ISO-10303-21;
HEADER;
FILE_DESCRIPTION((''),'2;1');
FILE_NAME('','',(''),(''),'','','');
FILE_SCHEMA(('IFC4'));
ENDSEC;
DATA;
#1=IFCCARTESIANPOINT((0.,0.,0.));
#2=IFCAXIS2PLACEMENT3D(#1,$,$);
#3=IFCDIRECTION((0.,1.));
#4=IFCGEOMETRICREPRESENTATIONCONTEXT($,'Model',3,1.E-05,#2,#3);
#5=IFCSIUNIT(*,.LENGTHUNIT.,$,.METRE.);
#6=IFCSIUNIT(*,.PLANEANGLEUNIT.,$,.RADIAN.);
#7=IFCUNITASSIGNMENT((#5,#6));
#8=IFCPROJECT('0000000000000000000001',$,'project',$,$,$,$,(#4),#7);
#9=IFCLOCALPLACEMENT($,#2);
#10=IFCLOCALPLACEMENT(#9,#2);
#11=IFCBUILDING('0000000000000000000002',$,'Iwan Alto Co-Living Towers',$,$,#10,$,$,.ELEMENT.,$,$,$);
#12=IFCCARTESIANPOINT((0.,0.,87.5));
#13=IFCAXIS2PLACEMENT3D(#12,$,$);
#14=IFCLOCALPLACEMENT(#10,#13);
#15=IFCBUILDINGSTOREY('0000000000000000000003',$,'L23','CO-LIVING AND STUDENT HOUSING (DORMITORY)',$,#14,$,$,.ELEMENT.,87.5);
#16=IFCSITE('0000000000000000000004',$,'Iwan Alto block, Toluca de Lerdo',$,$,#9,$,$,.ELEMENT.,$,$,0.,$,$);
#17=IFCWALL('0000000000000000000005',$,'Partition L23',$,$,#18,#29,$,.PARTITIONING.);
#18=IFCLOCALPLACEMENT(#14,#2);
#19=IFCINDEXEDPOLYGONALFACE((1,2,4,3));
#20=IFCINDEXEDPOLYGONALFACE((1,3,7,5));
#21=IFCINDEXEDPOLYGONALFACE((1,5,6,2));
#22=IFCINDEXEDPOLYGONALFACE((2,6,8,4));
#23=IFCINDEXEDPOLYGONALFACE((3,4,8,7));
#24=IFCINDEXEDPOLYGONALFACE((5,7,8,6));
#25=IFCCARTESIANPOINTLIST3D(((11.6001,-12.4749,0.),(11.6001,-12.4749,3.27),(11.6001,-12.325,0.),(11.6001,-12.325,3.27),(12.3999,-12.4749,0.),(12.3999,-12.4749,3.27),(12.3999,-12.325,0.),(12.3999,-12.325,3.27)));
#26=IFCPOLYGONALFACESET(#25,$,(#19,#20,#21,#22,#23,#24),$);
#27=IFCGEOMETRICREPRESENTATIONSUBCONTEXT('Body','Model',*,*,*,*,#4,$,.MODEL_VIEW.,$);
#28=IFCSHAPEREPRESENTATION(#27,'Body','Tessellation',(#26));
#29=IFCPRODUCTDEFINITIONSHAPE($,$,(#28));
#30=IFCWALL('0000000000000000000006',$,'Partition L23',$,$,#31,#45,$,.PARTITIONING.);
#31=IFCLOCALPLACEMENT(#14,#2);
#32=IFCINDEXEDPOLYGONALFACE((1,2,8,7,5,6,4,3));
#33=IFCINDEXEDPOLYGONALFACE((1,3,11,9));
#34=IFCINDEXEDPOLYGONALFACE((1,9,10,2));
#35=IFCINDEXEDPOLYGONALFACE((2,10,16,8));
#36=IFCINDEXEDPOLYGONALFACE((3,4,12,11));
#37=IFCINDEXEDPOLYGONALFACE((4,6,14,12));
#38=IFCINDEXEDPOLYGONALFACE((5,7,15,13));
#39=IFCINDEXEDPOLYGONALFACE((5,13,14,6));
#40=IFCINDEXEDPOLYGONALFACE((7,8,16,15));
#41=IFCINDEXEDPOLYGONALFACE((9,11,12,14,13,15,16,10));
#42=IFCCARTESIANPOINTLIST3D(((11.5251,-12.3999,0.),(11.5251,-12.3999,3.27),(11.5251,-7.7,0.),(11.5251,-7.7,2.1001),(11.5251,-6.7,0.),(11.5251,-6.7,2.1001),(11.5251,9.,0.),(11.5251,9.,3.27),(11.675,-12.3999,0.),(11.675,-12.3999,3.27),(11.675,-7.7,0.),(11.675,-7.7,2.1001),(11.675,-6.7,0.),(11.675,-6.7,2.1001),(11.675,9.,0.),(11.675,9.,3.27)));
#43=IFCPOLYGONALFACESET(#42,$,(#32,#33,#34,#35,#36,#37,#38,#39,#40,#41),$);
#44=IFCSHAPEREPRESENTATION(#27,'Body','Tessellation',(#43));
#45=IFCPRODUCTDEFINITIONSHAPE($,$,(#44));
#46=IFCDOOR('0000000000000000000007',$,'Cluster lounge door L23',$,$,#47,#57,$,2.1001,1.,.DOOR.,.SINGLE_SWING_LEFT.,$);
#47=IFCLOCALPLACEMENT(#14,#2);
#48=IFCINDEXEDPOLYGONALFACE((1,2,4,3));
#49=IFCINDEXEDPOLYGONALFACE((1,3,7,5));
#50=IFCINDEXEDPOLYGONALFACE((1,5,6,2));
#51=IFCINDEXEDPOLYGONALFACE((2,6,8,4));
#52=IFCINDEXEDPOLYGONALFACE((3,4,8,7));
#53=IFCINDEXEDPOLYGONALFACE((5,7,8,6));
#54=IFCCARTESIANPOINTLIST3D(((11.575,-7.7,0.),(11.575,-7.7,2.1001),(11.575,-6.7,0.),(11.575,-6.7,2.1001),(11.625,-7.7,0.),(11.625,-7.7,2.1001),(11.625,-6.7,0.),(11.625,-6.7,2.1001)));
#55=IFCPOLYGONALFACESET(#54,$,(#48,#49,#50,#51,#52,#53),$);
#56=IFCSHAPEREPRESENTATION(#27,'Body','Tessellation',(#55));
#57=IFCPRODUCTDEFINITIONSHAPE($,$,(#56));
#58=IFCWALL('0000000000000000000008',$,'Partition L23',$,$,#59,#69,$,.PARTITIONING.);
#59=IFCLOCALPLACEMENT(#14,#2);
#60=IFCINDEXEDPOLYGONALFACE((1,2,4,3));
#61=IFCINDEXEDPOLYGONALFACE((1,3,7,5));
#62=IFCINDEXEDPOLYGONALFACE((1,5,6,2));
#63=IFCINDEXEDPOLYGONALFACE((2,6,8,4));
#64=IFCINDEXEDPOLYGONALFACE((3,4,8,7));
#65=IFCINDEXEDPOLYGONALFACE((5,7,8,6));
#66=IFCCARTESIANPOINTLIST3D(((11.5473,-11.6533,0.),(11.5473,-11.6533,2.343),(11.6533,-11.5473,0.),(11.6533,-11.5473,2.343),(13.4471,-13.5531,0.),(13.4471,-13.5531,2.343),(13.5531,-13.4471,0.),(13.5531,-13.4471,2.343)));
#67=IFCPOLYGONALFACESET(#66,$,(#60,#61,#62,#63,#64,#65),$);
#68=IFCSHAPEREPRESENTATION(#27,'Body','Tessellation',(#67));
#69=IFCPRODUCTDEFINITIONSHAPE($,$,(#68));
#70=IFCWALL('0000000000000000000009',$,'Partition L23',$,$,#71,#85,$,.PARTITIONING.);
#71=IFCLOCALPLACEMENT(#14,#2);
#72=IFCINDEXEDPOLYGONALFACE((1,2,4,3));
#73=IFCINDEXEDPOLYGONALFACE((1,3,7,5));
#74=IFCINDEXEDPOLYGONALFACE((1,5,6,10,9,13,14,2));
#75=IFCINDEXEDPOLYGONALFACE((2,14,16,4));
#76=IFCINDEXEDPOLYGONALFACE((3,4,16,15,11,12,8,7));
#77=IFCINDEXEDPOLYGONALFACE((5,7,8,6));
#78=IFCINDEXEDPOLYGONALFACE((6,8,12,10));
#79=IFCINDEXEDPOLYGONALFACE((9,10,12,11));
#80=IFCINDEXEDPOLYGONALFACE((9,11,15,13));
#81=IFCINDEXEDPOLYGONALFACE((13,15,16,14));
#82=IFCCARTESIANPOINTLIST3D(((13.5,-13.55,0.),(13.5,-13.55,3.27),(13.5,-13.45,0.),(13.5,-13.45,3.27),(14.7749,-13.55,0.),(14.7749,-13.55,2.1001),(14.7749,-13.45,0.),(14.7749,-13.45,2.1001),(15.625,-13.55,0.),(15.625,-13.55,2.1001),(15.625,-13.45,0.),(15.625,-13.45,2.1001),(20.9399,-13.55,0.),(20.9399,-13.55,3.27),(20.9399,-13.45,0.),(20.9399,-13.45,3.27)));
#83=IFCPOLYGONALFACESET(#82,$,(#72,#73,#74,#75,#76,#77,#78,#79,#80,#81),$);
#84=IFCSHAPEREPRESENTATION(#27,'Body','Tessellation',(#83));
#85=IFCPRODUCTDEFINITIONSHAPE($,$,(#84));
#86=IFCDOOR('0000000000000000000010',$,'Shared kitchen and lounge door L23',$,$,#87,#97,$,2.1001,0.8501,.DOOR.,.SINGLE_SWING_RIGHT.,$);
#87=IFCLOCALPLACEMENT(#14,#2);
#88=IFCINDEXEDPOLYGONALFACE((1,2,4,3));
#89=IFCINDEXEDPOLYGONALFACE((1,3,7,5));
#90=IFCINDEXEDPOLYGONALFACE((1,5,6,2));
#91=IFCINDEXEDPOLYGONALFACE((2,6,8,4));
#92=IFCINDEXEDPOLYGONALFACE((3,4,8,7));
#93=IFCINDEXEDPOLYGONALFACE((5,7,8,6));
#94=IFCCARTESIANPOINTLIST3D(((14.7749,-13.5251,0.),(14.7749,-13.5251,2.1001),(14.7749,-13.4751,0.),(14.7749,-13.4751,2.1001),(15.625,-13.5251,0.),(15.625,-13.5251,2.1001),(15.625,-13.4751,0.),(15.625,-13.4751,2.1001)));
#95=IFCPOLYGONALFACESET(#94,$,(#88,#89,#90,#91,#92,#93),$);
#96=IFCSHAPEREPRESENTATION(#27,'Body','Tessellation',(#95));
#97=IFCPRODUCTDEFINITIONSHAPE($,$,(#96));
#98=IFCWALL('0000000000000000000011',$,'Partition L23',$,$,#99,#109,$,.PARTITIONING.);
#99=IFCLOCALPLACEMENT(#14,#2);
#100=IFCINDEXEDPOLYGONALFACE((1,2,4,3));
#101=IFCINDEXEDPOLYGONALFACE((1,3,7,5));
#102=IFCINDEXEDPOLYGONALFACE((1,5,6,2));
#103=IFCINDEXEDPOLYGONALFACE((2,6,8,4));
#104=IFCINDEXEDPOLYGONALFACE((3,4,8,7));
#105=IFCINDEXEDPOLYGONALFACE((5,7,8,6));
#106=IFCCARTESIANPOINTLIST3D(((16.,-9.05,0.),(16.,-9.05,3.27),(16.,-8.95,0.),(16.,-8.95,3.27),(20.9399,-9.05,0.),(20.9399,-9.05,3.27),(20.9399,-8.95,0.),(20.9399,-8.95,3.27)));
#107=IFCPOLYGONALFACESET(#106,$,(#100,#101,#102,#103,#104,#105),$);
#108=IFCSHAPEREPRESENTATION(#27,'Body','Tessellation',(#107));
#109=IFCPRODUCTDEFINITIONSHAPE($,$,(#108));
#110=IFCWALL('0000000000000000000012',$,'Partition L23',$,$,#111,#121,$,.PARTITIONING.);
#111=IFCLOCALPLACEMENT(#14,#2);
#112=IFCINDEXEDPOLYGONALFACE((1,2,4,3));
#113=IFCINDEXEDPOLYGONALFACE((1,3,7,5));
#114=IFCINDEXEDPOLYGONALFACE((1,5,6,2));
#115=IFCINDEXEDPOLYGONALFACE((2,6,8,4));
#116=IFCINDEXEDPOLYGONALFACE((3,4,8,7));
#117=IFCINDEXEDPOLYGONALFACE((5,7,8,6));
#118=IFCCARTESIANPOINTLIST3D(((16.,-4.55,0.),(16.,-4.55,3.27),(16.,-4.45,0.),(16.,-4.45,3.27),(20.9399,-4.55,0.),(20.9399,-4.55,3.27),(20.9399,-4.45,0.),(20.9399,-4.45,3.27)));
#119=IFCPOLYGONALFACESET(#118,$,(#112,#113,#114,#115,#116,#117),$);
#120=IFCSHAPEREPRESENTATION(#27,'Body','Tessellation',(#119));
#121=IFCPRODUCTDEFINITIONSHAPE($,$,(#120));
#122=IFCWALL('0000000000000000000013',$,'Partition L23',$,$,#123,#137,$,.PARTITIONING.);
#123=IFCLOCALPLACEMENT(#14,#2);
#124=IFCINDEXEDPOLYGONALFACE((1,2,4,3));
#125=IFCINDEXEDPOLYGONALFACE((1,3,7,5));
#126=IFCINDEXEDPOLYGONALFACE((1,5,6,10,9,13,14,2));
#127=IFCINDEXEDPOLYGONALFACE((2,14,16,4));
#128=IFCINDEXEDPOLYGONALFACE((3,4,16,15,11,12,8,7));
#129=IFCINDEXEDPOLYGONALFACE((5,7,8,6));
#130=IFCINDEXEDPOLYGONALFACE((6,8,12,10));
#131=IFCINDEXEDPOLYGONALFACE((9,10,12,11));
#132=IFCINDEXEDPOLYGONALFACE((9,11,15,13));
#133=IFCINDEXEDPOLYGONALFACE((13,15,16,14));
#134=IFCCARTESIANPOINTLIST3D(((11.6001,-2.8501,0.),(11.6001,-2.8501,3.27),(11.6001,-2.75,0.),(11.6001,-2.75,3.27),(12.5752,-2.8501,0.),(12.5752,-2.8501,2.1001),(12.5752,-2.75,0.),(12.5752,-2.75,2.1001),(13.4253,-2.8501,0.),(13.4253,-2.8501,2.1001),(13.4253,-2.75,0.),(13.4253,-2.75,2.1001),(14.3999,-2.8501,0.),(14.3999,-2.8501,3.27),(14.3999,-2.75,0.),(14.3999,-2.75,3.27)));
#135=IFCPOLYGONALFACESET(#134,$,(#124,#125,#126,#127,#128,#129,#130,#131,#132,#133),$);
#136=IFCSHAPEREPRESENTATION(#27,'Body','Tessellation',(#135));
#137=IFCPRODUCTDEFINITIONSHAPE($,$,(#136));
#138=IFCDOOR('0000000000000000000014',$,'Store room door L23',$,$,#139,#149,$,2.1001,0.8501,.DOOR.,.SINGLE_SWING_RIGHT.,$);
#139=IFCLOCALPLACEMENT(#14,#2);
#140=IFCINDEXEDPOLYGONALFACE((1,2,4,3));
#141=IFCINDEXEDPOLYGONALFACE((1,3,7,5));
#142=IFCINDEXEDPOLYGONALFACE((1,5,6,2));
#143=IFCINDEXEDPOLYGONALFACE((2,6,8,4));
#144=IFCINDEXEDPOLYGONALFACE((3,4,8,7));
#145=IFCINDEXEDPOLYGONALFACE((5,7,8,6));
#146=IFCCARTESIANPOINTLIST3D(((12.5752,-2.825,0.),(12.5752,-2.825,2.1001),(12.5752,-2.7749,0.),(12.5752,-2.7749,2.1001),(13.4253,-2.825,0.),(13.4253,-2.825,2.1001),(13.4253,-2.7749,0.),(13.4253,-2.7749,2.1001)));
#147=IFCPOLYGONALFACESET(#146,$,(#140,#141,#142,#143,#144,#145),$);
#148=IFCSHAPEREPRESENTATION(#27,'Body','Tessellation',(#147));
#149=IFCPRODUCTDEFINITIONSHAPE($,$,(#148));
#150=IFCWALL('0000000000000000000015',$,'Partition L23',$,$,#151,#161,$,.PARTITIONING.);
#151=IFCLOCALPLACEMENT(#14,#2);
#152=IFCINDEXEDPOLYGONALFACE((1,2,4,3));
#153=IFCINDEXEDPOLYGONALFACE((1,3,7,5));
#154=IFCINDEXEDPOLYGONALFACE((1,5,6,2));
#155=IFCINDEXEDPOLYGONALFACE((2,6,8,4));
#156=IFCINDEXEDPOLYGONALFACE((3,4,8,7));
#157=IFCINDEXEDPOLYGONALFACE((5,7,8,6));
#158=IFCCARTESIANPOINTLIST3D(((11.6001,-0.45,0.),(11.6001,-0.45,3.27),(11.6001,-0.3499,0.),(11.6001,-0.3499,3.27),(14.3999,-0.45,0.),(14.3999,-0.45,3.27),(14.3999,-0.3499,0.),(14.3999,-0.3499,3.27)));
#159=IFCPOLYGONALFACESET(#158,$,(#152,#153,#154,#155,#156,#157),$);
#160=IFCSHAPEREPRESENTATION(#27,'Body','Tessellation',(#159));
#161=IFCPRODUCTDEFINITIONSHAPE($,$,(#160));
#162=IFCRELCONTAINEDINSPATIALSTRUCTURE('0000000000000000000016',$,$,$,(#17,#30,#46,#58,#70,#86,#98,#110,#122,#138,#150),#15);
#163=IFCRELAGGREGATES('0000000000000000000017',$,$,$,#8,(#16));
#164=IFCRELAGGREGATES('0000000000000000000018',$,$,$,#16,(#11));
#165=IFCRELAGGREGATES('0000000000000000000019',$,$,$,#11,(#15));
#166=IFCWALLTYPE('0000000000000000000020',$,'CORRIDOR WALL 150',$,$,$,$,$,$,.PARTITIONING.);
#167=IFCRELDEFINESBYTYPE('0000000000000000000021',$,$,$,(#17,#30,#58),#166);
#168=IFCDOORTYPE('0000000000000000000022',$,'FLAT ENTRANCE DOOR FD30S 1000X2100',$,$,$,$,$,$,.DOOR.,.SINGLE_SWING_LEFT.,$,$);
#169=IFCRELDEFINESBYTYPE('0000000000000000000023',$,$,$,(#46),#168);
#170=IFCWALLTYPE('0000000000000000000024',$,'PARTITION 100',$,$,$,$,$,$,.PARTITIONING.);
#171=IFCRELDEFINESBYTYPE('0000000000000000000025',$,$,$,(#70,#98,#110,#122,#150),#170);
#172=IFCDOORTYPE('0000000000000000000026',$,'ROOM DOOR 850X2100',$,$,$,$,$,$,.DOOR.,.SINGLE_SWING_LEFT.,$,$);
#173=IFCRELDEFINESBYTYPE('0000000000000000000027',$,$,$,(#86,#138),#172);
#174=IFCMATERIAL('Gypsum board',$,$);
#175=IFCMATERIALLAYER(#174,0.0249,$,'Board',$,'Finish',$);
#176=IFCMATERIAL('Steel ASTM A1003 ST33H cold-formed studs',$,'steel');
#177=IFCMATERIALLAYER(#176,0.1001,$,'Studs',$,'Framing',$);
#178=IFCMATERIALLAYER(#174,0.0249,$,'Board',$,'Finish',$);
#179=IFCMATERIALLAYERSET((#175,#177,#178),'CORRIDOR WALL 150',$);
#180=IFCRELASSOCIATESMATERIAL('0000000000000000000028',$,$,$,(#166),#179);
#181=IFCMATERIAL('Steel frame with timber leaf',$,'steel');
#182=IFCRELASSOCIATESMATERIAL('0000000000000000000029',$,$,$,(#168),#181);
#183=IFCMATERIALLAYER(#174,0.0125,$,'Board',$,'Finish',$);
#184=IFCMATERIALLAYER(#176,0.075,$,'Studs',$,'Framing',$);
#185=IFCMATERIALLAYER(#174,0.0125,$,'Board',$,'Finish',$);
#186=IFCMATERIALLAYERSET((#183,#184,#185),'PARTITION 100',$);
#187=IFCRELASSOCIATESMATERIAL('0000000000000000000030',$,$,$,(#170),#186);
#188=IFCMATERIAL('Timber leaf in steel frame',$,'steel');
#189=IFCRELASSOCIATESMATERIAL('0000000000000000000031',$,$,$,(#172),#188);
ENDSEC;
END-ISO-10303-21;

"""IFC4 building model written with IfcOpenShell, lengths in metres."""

from ifc_helpers import new_model, si_unit, direction, frame, frame_2d, origin, place, context, subcontext, project, spatial, rectangle, extrude, material, layer, layer_set, type_object, element, fill, save


model = new_model("IFC4")

# Units and contexts
model_context = context("Model", 3, precision=1e-05, world=origin(), true_north=direction((0.0, 1.0)))
body_context = subcontext(model_context, "Body", "Model", "MODEL_VIEW")
ifc_project = project(units=[si_unit("LENGTHUNIT", "METRE"), si_unit("PLANEANGLEUNIT", "RADIAN")], contexts=[model_context])

# Site, building, storey
site_placement = place(None, origin())
site = spatial("IfcSite", under=ifc_project, at=site_placement, Name="Iwan Alto block, Toluca de Lerdo", CompositionType="ELEMENT", RefElevation=0.0)
building_placement = place(site_placement, origin())
building = spatial("IfcBuilding", under=site, at=building_placement, Name="Iwan Alto Co-Living Towers", CompositionType="ELEMENT")
storey_placement = place(building_placement, frame((0.0, 0.0, 87.5)))
storey = spatial("IfcBuildingStorey", under=building, at=storey_placement, Name="L23", Description="CO-LIVING AND STUDENT HOUSING (DORMITORY)", CompositionType="ELEMENT", Elevation=87.5)

# Wall
ifc_material_1 = material(Name="Gypsum board")
ifc_layer_1 = layer(ifc_material_1, 0.0249, Name="Board", Category="Finish")
ifc_material_2 = material(Name="Steel ASTM A1003 ST33H cold-formed studs", Category="steel")
ifc_layer_2 = layer(ifc_material_2, 0.1001, Name="Studs", Category="Framing")
ifc_layer_3 = layer(ifc_material_1, 0.0249, Name="Board", Category="Finish")
ifc_layer_set_1 = layer_set([ifc_layer_1, ifc_layer_2, ifc_layer_3], Name="CORRIDOR WALL 150")
wall_type_1 = type_object("IfcWallType", Name="CORRIDOR WALL 150", PredefinedType="PARTITIONING", material=ifc_layer_set_1)
wall_1_placement = place(storey_placement, frame((11.6001, -12.3999, 0.0), z_axis=(0.0, 0.0, 1.0), x_axis=(1.0, 0.0, 0.0)))
element("IfcWall", 1, at=wall_1_placement, inside=storey, type_object=wall_type_1, Name="Partition L23", PredefinedType="PARTITIONING", context=body_context, shape_type="SweptSolid", body=[
    extrude(rectangle(XDim=0.7998, YDim=0.1499, at=frame_2d((0.3999, 0.0))), origin(), (0.0, 0.0, 1.0), 3.27),
])

# Wall, opening, door
wall_2_placement = place(storey_placement, frame((11.6001, -12.3999, 0.0), z_axis=(0.0, 0.0, 1.0), x_axis=(0.0, 1.0, 0.0)))
wall_2 = element("IfcWall", 2, at=wall_2_placement, inside=storey, type_object=wall_type_1, Name="Partition L23", PredefinedType="PARTITIONING", context=body_context, shape_type="SweptSolid", body=[
    extrude(rectangle(XDim=21.3999, YDim=0.1499, at=frame_2d((10.7, 0.0))), origin(), (0.0, 0.0, 1.0), 3.27),
])
opening_1_placement = place(wall_2_placement, frame((4.7, 0.0, 0.0)))
opening_1 = element("IfcOpeningElement", 3, at=opening_1_placement, cuts=wall_2, PredefinedType="OPENING", context=body_context, shape_type="SweptSolid", body=[
    extrude(rectangle(XDim=1.0, YDim=2.1001, at=frame_2d((0.5, 1.05))), frame((0.0, 0.085, 0.0), z_axis=(0.0, -1.0, 0.0), x_axis=(1.0, 0.0, 0.0)), (0.0, 0.0, 1.0), 0.1699),
])
ifc_material_3 = material(Name="Steel frame with timber leaf", Category="steel")
door_type_1 = type_object("IfcDoorType", Name="FLAT ENTRANCE DOOR FD30S 1000X2100", OperationType="SINGLE_SWING_LEFT", PredefinedType="DOOR", material=ifc_material_3)
door_1_placement = place(opening_1_placement, frame((1.0, 0.0, 0.0), z_axis=(0.0, 0.0, 1.0), x_axis=(-1.0, 0.0, 0.0)))
door_1 = element("IfcDoor", 4, at=door_1_placement, inside=storey, type_object=door_type_1, Name="Cluster lounge door L23", OperationType="SINGLE_SWING_LEFT", OverallHeight=2.1001, OverallWidth=1.0, PredefinedType="DOOR", context=body_context, shape_type="SweptSolid", body=[
    extrude(rectangle(XDim=1.0, YDim=2.1001, at=frame_2d((0.5, 1.05))), frame((0.0, 0.0249, 0.0), z_axis=(0.0, -1.0, 0.0), x_axis=(1.0, 0.0, 0.0)), (0.0, 0.0, 1.0), 0.05),
])
fill(opening_1, door_1)

# Wall
wall_3_placement = place(storey_placement, frame((13.5, -13.5, 0.0), z_axis=(0.0, 0.0, 1.0), x_axis=(-0.707107, 0.707107, 0.0)))
element("IfcWall", 5, at=wall_3_placement, inside=storey, type_object=wall_type_1, Name="Partition L23", PredefinedType="PARTITIONING", context=body_context, shape_type="SweptSolid", body=[
    extrude(rectangle(XDim=2.6868, YDim=0.1499, at=frame_2d((1.3433, 0.0))), origin(), (0.0, 0.0, 1.0), 2.343),
])

# Wall, opening, door
ifc_layer_4 = layer(ifc_material_1, 0.0125, Name="Board", Category="Finish")
ifc_layer_5 = layer(ifc_material_2, 0.075, Name="Studs", Category="Framing")
ifc_layer_6 = layer(ifc_material_1, 0.0125, Name="Board", Category="Finish")
ifc_layer_set_2 = layer_set([ifc_layer_4, ifc_layer_5, ifc_layer_6], Name="PARTITION 100")
wall_type_2 = type_object("IfcWallType", Name="PARTITION 100", PredefinedType="PARTITIONING", material=ifc_layer_set_2)
wall_4_placement = place(storey_placement, frame((13.5, -13.5, 0.0), z_axis=(0.0, 0.0, 1.0), x_axis=(1.0, 0.0, 0.0)))
wall_4 = element("IfcWall", 6, at=wall_4_placement, inside=storey, type_object=wall_type_2, Name="Partition L23", PredefinedType="PARTITIONING", context=body_context, shape_type="SweptSolid", body=[
    extrude(rectangle(XDim=7.4399, YDim=0.1001, at=frame_2d((3.72, 0.0))), origin(), (0.0, 0.0, 1.0), 3.27),
])
opening_2_placement = place(wall_4_placement, frame((1.2749, 0.0, 0.0)))
opening_2 = element("IfcOpeningElement", 7, at=opening_2_placement, cuts=wall_4, PredefinedType="OPENING", context=body_context, shape_type="SweptSolid", body=[
    extrude(rectangle(XDim=0.8501, YDim=2.1001, at=frame_2d((0.425, 1.05))), frame((0.0, 0.0601, 0.0), z_axis=(0.0, -1.0, 0.0), x_axis=(1.0, 0.0, 0.0)), (0.0, 0.0, 1.0), 0.1201),
])
ifc_material_4 = material(Name="Timber leaf in steel frame", Category="steel")
door_type_2 = type_object("IfcDoorType", Name="ROOM DOOR 850X2100", OperationType="SINGLE_SWING_LEFT", PredefinedType="DOOR", material=ifc_material_4)
door_2_placement = place(opening_2_placement, origin())
door_2 = element("IfcDoor", 8, at=door_2_placement, inside=storey, type_object=door_type_2, Name="Shared kitchen and lounge door L23", OperationType="SINGLE_SWING_RIGHT", OverallHeight=2.1001, OverallWidth=0.8501, PredefinedType="DOOR", context=body_context, shape_type="SweptSolid", body=[
    extrude(rectangle(XDim=0.8501, YDim=2.1001, at=frame_2d((0.425, 1.05))), frame((0.0, 0.0249, 0.0), z_axis=(0.0, -1.0, 0.0), x_axis=(1.0, 0.0, 0.0)), (0.0, 0.0, 1.0), 0.05),
])
fill(opening_2, door_2)

# Walls
for number, where, z_axis, x_axis, name in (
    (9, (16.0, -9.0, 0.0), (0.0, 0.0, 1.0), (1.0, 0.0, 0.0), "Partition L23"),
    (10, (16.0, -4.5, 0.0), (0.0, 0.0, 1.0), (1.0, 0.0, 0.0), "Partition L23"),
):
    element("IfcWall", number, at=place(storey_placement, frame(where, z_axis=z_axis, x_axis=x_axis)), inside=storey, type_object=wall_type_2, Name=name, PredefinedType="PARTITIONING", context=body_context, shape_type="SweptSolid", body=[
        extrude(rectangle(XDim=4.9399, YDim=0.1001, at=frame_2d((2.47, 0.0))), origin(), (0.0, 0.0, 1.0), 3.27),
    ])

# Wall, opening, door
wall_5_placement = place(storey_placement, frame((11.6001, -2.8, 0.0), z_axis=(0.0, 0.0, 1.0), x_axis=(1.0, 0.0, 0.0)))
wall_5 = element("IfcWall", 11, at=wall_5_placement, inside=storey, type_object=wall_type_2, Name="Partition L23", PredefinedType="PARTITIONING", context=body_context, shape_type="SweptSolid", body=[
    extrude(rectangle(XDim=2.7998, YDim=0.1001, at=frame_2d((1.3999, 0.0))), origin(), (0.0, 0.0, 1.0), 3.27),
])
opening_3_placement = place(wall_5_placement, frame((0.9751, 0.0, 0.0)))
opening_3 = element("IfcOpeningElement", 12, at=opening_3_placement, cuts=wall_5, PredefinedType="OPENING", context=body_context, shape_type="SweptSolid", body=[
    extrude(rectangle(XDim=0.8501, YDim=2.1001, at=frame_2d((0.425, 1.05))), frame((0.0, 0.0601, 0.0), z_axis=(0.0, -1.0, 0.0), x_axis=(1.0, 0.0, 0.0)), (0.0, 0.0, 1.0), 0.1201),
])
door_3_placement = place(opening_3_placement, frame((0.8501, 0.0, 0.0), z_axis=(0.0, 0.0, 1.0), x_axis=(-1.0, 0.0, 0.0)))
door_3 = element("IfcDoor", 13, at=door_3_placement, inside=storey, type_object=door_type_2, Name="Store room door L23", OperationType="SINGLE_SWING_RIGHT", OverallHeight=2.1001, OverallWidth=0.8501, PredefinedType="DOOR", context=body_context, shape_type="SweptSolid", body=[
    extrude(rectangle(XDim=0.8501, YDim=2.1001, at=frame_2d((0.425, 1.05))), frame((0.0, 0.0249, 0.0), z_axis=(0.0, -1.0, 0.0), x_axis=(1.0, 0.0, 0.0)), (0.0, 0.0, 1.0), 0.05),
])
fill(opening_3, door_3)

# Wall
wall_6_placement = place(storey_placement, frame((11.6001, -0.3999, 0.0), z_axis=(0.0, 0.0, 1.0), x_axis=(1.0, 0.0, 0.0)))
element("IfcWall", 14, at=wall_6_placement, inside=storey, type_object=wall_type_2, Name="Partition L23", PredefinedType="PARTITIONING", context=body_context, shape_type="SweptSolid", body=[
    extrude(rectangle(XDim=2.7998, YDim=0.1001, at=frame_2d((1.3999, 0.0))), origin(), (0.0, 0.0, 1.0), 3.27),
])

save(model, "model.ifc")
